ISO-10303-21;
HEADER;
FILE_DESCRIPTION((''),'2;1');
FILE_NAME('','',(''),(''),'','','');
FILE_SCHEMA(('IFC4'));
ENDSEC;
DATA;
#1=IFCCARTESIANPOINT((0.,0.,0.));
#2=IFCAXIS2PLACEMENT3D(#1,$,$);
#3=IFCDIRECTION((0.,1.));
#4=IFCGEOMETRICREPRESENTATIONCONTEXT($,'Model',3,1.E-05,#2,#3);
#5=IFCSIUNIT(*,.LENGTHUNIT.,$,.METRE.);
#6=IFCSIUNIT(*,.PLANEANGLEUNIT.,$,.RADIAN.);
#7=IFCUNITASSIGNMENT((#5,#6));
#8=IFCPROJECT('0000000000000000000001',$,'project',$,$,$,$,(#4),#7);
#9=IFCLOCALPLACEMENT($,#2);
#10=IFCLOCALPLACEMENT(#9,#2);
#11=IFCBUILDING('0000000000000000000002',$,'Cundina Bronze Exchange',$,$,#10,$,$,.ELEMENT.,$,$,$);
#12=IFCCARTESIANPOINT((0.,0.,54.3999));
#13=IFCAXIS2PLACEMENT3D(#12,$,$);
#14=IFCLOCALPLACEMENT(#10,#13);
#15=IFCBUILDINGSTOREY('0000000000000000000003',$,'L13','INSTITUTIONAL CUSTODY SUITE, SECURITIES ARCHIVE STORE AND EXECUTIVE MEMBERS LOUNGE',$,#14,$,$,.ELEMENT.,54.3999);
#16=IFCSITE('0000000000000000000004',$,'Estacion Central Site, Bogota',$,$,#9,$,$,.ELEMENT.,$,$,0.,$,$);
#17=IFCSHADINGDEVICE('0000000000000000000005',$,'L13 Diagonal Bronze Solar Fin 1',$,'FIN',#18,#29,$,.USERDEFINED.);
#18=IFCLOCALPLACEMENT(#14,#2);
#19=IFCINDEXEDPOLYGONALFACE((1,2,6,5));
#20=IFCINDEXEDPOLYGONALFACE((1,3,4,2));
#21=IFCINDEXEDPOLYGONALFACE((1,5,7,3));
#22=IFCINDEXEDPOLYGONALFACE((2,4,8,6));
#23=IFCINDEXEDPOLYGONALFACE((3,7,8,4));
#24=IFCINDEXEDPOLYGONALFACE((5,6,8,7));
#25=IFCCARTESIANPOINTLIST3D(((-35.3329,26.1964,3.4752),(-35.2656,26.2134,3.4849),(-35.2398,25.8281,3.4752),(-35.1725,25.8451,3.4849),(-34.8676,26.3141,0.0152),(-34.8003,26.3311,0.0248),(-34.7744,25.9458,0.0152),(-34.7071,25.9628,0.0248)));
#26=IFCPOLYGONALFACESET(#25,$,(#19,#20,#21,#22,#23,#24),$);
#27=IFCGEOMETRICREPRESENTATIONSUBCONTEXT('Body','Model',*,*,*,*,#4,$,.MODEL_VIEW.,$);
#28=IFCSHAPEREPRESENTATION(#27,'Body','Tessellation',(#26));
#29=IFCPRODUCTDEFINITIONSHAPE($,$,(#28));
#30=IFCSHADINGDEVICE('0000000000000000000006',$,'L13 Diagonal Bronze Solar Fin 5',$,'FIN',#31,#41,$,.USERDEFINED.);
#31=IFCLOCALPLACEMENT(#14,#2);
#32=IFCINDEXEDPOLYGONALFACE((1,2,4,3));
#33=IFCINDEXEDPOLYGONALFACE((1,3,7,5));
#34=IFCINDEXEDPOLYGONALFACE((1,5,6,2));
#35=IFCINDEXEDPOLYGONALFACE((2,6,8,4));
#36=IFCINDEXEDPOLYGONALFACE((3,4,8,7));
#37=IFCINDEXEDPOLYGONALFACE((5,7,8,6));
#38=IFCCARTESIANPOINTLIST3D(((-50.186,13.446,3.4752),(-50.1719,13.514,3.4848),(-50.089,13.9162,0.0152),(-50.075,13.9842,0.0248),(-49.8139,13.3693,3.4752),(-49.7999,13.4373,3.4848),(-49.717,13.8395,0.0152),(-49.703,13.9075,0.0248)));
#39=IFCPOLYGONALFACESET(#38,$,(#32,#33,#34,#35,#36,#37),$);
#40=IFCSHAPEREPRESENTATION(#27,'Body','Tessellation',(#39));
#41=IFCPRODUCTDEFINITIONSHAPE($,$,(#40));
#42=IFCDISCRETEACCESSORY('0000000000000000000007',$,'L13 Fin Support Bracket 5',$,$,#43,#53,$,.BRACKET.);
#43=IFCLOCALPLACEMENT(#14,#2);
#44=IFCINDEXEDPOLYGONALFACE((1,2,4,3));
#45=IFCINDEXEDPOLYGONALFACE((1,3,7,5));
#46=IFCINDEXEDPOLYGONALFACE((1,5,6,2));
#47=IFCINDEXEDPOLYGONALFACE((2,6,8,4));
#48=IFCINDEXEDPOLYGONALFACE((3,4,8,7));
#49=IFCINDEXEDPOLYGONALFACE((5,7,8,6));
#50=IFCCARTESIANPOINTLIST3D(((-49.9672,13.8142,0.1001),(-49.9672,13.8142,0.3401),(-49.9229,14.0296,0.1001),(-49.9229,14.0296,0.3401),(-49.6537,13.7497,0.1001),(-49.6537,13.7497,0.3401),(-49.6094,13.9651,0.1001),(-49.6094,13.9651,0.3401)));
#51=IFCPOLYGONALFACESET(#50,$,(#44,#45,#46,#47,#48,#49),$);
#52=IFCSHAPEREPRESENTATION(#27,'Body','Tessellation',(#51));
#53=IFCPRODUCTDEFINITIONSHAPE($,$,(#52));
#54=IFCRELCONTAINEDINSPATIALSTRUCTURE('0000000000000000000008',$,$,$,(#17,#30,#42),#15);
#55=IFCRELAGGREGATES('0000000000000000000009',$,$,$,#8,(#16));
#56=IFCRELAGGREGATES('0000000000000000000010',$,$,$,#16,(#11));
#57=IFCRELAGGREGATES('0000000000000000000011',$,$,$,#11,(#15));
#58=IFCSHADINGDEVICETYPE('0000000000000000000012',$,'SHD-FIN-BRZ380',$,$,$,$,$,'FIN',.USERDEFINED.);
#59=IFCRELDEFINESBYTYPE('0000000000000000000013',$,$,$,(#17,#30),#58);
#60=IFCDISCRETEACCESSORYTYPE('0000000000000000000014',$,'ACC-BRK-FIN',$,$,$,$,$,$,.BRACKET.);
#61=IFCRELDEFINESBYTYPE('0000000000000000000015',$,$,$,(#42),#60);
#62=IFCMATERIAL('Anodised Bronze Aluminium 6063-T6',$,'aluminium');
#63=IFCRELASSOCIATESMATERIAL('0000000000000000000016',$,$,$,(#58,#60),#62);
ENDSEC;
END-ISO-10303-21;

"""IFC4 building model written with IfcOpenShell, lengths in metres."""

from ifc_helpers import new_model, si_unit, direction, frame, origin, origin_2d, place, context, subcontext, project, spatial, rectangle, extrude, material, material_profile, profile_set, type_object, element, save


model = new_model("IFC4")

# Units and contexts
model_context = context("Model", 3, precision=1e-05, world=origin(), true_north=direction((0.0, 1.0)))
body_context = subcontext(model_context, "Body", "Model", "MODEL_VIEW")
ifc_project = project(units=[si_unit("LENGTHUNIT", "METRE"), si_unit("PLANEANGLEUNIT", "RADIAN")], contexts=[model_context])

# Site, building, storey
site_placement = place(None, origin())
site = spatial("IfcSite", under=ifc_project, at=site_placement, Name="Estacion Central Site, Bogota", CompositionType="ELEMENT", RefElevation=0.0)
building_placement = place(site_placement, origin())
building = spatial("IfcBuilding", under=site, at=building_placement, Name="Cundina Bronze Exchange", CompositionType="ELEMENT")
storey_placement = place(building_placement, frame((0.0, 0.0, 54.3999)))
storey = spatial("IfcBuildingStorey", under=building, at=storey_placement, Name="L13", Description="INSTITUTIONAL CUSTODY SUITE, SECURITIES ARCHIVE STORE AND EXECUTIVE MEMBERS LOUNGE", CompositionType="ELEMENT", Elevation=54.3999)

# Shared definitions
ifc_material_1 = material(Name="Anodised Bronze Aluminium 6063-T6", Category="aluminium")

# Shading devices
ifc_material_profile_1 = material_profile(ifc_material_1, rectangle(XDim=0.0701, YDim=0.3799, at=origin_2d()), Name="FIN70X380", Category="aluminium")
ifc_profile_set_1 = profile_set([ifc_material_profile_1], Name="Anodised Bronze Aluminium 6063-T6")
shading_device_type = type_object("IfcShadingDeviceType", Name="SHD-FIN-BRZ380", ElementType="FIN", PredefinedType="USERDEFINED", material=ifc_profile_set_1)
for number, where, z_axis, x_axis, name in (
    (1, (-34.7874, 26.1384, 0.02), (-0.133215, -0.033688, 0.990514), (0.960285, 0.242842, 0.137408), "L13 Diagonal Bronze Solar Fin 1"),
    (2, (-49.896, 13.9119, 0.02), (-0.027747, -0.134612, 0.99051), (0.199967, 0.970115, 0.137442), "L13 Diagonal Bronze Solar Fin 5"),
):
    element("IfcShadingDevice", number, at=place(storey_placement, frame(where, z_axis=z_axis, x_axis=x_axis)), inside=storey, type_object=shading_device_type, Name=name, ObjectType="FIN", PredefinedType="USERDEFINED", context=body_context, shape_type="SweptSolid", body=[
        extrude(rectangle(XDim=0.0701, YDim=0.3799, at=origin_2d()), origin(), (0.0, 0.0, 1.0), 3.4932),
    ])

# Discrete accessory
discrete_accessory_type = type_object("IfcDiscreteAccessoryType", Name="ACC-BRK-FIN", PredefinedType="BRACKET", material=ifc_material_1)
discrete_accessory_placement = place(storey_placement, frame((-49.7883, 13.8896, 0.1001), z_axis=(0.0, 0.0, 1.0), x_axis=(-0.20142, -0.979505, 0.0)))
element("IfcDiscreteAccessory", 3, at=discrete_accessory_placement, inside=storey, type_object=discrete_accessory_type, Name="L13 Fin Support Bracket 5", PredefinedType="BRACKET", context=body_context, shape_type="SweptSolid", body=[
    extrude(rectangle(XDim=0.22, YDim=0.3201, at=origin_2d()), origin(), (0.0, 0.0, 1.0), 0.24),
])

save(model, "model.ifc")
